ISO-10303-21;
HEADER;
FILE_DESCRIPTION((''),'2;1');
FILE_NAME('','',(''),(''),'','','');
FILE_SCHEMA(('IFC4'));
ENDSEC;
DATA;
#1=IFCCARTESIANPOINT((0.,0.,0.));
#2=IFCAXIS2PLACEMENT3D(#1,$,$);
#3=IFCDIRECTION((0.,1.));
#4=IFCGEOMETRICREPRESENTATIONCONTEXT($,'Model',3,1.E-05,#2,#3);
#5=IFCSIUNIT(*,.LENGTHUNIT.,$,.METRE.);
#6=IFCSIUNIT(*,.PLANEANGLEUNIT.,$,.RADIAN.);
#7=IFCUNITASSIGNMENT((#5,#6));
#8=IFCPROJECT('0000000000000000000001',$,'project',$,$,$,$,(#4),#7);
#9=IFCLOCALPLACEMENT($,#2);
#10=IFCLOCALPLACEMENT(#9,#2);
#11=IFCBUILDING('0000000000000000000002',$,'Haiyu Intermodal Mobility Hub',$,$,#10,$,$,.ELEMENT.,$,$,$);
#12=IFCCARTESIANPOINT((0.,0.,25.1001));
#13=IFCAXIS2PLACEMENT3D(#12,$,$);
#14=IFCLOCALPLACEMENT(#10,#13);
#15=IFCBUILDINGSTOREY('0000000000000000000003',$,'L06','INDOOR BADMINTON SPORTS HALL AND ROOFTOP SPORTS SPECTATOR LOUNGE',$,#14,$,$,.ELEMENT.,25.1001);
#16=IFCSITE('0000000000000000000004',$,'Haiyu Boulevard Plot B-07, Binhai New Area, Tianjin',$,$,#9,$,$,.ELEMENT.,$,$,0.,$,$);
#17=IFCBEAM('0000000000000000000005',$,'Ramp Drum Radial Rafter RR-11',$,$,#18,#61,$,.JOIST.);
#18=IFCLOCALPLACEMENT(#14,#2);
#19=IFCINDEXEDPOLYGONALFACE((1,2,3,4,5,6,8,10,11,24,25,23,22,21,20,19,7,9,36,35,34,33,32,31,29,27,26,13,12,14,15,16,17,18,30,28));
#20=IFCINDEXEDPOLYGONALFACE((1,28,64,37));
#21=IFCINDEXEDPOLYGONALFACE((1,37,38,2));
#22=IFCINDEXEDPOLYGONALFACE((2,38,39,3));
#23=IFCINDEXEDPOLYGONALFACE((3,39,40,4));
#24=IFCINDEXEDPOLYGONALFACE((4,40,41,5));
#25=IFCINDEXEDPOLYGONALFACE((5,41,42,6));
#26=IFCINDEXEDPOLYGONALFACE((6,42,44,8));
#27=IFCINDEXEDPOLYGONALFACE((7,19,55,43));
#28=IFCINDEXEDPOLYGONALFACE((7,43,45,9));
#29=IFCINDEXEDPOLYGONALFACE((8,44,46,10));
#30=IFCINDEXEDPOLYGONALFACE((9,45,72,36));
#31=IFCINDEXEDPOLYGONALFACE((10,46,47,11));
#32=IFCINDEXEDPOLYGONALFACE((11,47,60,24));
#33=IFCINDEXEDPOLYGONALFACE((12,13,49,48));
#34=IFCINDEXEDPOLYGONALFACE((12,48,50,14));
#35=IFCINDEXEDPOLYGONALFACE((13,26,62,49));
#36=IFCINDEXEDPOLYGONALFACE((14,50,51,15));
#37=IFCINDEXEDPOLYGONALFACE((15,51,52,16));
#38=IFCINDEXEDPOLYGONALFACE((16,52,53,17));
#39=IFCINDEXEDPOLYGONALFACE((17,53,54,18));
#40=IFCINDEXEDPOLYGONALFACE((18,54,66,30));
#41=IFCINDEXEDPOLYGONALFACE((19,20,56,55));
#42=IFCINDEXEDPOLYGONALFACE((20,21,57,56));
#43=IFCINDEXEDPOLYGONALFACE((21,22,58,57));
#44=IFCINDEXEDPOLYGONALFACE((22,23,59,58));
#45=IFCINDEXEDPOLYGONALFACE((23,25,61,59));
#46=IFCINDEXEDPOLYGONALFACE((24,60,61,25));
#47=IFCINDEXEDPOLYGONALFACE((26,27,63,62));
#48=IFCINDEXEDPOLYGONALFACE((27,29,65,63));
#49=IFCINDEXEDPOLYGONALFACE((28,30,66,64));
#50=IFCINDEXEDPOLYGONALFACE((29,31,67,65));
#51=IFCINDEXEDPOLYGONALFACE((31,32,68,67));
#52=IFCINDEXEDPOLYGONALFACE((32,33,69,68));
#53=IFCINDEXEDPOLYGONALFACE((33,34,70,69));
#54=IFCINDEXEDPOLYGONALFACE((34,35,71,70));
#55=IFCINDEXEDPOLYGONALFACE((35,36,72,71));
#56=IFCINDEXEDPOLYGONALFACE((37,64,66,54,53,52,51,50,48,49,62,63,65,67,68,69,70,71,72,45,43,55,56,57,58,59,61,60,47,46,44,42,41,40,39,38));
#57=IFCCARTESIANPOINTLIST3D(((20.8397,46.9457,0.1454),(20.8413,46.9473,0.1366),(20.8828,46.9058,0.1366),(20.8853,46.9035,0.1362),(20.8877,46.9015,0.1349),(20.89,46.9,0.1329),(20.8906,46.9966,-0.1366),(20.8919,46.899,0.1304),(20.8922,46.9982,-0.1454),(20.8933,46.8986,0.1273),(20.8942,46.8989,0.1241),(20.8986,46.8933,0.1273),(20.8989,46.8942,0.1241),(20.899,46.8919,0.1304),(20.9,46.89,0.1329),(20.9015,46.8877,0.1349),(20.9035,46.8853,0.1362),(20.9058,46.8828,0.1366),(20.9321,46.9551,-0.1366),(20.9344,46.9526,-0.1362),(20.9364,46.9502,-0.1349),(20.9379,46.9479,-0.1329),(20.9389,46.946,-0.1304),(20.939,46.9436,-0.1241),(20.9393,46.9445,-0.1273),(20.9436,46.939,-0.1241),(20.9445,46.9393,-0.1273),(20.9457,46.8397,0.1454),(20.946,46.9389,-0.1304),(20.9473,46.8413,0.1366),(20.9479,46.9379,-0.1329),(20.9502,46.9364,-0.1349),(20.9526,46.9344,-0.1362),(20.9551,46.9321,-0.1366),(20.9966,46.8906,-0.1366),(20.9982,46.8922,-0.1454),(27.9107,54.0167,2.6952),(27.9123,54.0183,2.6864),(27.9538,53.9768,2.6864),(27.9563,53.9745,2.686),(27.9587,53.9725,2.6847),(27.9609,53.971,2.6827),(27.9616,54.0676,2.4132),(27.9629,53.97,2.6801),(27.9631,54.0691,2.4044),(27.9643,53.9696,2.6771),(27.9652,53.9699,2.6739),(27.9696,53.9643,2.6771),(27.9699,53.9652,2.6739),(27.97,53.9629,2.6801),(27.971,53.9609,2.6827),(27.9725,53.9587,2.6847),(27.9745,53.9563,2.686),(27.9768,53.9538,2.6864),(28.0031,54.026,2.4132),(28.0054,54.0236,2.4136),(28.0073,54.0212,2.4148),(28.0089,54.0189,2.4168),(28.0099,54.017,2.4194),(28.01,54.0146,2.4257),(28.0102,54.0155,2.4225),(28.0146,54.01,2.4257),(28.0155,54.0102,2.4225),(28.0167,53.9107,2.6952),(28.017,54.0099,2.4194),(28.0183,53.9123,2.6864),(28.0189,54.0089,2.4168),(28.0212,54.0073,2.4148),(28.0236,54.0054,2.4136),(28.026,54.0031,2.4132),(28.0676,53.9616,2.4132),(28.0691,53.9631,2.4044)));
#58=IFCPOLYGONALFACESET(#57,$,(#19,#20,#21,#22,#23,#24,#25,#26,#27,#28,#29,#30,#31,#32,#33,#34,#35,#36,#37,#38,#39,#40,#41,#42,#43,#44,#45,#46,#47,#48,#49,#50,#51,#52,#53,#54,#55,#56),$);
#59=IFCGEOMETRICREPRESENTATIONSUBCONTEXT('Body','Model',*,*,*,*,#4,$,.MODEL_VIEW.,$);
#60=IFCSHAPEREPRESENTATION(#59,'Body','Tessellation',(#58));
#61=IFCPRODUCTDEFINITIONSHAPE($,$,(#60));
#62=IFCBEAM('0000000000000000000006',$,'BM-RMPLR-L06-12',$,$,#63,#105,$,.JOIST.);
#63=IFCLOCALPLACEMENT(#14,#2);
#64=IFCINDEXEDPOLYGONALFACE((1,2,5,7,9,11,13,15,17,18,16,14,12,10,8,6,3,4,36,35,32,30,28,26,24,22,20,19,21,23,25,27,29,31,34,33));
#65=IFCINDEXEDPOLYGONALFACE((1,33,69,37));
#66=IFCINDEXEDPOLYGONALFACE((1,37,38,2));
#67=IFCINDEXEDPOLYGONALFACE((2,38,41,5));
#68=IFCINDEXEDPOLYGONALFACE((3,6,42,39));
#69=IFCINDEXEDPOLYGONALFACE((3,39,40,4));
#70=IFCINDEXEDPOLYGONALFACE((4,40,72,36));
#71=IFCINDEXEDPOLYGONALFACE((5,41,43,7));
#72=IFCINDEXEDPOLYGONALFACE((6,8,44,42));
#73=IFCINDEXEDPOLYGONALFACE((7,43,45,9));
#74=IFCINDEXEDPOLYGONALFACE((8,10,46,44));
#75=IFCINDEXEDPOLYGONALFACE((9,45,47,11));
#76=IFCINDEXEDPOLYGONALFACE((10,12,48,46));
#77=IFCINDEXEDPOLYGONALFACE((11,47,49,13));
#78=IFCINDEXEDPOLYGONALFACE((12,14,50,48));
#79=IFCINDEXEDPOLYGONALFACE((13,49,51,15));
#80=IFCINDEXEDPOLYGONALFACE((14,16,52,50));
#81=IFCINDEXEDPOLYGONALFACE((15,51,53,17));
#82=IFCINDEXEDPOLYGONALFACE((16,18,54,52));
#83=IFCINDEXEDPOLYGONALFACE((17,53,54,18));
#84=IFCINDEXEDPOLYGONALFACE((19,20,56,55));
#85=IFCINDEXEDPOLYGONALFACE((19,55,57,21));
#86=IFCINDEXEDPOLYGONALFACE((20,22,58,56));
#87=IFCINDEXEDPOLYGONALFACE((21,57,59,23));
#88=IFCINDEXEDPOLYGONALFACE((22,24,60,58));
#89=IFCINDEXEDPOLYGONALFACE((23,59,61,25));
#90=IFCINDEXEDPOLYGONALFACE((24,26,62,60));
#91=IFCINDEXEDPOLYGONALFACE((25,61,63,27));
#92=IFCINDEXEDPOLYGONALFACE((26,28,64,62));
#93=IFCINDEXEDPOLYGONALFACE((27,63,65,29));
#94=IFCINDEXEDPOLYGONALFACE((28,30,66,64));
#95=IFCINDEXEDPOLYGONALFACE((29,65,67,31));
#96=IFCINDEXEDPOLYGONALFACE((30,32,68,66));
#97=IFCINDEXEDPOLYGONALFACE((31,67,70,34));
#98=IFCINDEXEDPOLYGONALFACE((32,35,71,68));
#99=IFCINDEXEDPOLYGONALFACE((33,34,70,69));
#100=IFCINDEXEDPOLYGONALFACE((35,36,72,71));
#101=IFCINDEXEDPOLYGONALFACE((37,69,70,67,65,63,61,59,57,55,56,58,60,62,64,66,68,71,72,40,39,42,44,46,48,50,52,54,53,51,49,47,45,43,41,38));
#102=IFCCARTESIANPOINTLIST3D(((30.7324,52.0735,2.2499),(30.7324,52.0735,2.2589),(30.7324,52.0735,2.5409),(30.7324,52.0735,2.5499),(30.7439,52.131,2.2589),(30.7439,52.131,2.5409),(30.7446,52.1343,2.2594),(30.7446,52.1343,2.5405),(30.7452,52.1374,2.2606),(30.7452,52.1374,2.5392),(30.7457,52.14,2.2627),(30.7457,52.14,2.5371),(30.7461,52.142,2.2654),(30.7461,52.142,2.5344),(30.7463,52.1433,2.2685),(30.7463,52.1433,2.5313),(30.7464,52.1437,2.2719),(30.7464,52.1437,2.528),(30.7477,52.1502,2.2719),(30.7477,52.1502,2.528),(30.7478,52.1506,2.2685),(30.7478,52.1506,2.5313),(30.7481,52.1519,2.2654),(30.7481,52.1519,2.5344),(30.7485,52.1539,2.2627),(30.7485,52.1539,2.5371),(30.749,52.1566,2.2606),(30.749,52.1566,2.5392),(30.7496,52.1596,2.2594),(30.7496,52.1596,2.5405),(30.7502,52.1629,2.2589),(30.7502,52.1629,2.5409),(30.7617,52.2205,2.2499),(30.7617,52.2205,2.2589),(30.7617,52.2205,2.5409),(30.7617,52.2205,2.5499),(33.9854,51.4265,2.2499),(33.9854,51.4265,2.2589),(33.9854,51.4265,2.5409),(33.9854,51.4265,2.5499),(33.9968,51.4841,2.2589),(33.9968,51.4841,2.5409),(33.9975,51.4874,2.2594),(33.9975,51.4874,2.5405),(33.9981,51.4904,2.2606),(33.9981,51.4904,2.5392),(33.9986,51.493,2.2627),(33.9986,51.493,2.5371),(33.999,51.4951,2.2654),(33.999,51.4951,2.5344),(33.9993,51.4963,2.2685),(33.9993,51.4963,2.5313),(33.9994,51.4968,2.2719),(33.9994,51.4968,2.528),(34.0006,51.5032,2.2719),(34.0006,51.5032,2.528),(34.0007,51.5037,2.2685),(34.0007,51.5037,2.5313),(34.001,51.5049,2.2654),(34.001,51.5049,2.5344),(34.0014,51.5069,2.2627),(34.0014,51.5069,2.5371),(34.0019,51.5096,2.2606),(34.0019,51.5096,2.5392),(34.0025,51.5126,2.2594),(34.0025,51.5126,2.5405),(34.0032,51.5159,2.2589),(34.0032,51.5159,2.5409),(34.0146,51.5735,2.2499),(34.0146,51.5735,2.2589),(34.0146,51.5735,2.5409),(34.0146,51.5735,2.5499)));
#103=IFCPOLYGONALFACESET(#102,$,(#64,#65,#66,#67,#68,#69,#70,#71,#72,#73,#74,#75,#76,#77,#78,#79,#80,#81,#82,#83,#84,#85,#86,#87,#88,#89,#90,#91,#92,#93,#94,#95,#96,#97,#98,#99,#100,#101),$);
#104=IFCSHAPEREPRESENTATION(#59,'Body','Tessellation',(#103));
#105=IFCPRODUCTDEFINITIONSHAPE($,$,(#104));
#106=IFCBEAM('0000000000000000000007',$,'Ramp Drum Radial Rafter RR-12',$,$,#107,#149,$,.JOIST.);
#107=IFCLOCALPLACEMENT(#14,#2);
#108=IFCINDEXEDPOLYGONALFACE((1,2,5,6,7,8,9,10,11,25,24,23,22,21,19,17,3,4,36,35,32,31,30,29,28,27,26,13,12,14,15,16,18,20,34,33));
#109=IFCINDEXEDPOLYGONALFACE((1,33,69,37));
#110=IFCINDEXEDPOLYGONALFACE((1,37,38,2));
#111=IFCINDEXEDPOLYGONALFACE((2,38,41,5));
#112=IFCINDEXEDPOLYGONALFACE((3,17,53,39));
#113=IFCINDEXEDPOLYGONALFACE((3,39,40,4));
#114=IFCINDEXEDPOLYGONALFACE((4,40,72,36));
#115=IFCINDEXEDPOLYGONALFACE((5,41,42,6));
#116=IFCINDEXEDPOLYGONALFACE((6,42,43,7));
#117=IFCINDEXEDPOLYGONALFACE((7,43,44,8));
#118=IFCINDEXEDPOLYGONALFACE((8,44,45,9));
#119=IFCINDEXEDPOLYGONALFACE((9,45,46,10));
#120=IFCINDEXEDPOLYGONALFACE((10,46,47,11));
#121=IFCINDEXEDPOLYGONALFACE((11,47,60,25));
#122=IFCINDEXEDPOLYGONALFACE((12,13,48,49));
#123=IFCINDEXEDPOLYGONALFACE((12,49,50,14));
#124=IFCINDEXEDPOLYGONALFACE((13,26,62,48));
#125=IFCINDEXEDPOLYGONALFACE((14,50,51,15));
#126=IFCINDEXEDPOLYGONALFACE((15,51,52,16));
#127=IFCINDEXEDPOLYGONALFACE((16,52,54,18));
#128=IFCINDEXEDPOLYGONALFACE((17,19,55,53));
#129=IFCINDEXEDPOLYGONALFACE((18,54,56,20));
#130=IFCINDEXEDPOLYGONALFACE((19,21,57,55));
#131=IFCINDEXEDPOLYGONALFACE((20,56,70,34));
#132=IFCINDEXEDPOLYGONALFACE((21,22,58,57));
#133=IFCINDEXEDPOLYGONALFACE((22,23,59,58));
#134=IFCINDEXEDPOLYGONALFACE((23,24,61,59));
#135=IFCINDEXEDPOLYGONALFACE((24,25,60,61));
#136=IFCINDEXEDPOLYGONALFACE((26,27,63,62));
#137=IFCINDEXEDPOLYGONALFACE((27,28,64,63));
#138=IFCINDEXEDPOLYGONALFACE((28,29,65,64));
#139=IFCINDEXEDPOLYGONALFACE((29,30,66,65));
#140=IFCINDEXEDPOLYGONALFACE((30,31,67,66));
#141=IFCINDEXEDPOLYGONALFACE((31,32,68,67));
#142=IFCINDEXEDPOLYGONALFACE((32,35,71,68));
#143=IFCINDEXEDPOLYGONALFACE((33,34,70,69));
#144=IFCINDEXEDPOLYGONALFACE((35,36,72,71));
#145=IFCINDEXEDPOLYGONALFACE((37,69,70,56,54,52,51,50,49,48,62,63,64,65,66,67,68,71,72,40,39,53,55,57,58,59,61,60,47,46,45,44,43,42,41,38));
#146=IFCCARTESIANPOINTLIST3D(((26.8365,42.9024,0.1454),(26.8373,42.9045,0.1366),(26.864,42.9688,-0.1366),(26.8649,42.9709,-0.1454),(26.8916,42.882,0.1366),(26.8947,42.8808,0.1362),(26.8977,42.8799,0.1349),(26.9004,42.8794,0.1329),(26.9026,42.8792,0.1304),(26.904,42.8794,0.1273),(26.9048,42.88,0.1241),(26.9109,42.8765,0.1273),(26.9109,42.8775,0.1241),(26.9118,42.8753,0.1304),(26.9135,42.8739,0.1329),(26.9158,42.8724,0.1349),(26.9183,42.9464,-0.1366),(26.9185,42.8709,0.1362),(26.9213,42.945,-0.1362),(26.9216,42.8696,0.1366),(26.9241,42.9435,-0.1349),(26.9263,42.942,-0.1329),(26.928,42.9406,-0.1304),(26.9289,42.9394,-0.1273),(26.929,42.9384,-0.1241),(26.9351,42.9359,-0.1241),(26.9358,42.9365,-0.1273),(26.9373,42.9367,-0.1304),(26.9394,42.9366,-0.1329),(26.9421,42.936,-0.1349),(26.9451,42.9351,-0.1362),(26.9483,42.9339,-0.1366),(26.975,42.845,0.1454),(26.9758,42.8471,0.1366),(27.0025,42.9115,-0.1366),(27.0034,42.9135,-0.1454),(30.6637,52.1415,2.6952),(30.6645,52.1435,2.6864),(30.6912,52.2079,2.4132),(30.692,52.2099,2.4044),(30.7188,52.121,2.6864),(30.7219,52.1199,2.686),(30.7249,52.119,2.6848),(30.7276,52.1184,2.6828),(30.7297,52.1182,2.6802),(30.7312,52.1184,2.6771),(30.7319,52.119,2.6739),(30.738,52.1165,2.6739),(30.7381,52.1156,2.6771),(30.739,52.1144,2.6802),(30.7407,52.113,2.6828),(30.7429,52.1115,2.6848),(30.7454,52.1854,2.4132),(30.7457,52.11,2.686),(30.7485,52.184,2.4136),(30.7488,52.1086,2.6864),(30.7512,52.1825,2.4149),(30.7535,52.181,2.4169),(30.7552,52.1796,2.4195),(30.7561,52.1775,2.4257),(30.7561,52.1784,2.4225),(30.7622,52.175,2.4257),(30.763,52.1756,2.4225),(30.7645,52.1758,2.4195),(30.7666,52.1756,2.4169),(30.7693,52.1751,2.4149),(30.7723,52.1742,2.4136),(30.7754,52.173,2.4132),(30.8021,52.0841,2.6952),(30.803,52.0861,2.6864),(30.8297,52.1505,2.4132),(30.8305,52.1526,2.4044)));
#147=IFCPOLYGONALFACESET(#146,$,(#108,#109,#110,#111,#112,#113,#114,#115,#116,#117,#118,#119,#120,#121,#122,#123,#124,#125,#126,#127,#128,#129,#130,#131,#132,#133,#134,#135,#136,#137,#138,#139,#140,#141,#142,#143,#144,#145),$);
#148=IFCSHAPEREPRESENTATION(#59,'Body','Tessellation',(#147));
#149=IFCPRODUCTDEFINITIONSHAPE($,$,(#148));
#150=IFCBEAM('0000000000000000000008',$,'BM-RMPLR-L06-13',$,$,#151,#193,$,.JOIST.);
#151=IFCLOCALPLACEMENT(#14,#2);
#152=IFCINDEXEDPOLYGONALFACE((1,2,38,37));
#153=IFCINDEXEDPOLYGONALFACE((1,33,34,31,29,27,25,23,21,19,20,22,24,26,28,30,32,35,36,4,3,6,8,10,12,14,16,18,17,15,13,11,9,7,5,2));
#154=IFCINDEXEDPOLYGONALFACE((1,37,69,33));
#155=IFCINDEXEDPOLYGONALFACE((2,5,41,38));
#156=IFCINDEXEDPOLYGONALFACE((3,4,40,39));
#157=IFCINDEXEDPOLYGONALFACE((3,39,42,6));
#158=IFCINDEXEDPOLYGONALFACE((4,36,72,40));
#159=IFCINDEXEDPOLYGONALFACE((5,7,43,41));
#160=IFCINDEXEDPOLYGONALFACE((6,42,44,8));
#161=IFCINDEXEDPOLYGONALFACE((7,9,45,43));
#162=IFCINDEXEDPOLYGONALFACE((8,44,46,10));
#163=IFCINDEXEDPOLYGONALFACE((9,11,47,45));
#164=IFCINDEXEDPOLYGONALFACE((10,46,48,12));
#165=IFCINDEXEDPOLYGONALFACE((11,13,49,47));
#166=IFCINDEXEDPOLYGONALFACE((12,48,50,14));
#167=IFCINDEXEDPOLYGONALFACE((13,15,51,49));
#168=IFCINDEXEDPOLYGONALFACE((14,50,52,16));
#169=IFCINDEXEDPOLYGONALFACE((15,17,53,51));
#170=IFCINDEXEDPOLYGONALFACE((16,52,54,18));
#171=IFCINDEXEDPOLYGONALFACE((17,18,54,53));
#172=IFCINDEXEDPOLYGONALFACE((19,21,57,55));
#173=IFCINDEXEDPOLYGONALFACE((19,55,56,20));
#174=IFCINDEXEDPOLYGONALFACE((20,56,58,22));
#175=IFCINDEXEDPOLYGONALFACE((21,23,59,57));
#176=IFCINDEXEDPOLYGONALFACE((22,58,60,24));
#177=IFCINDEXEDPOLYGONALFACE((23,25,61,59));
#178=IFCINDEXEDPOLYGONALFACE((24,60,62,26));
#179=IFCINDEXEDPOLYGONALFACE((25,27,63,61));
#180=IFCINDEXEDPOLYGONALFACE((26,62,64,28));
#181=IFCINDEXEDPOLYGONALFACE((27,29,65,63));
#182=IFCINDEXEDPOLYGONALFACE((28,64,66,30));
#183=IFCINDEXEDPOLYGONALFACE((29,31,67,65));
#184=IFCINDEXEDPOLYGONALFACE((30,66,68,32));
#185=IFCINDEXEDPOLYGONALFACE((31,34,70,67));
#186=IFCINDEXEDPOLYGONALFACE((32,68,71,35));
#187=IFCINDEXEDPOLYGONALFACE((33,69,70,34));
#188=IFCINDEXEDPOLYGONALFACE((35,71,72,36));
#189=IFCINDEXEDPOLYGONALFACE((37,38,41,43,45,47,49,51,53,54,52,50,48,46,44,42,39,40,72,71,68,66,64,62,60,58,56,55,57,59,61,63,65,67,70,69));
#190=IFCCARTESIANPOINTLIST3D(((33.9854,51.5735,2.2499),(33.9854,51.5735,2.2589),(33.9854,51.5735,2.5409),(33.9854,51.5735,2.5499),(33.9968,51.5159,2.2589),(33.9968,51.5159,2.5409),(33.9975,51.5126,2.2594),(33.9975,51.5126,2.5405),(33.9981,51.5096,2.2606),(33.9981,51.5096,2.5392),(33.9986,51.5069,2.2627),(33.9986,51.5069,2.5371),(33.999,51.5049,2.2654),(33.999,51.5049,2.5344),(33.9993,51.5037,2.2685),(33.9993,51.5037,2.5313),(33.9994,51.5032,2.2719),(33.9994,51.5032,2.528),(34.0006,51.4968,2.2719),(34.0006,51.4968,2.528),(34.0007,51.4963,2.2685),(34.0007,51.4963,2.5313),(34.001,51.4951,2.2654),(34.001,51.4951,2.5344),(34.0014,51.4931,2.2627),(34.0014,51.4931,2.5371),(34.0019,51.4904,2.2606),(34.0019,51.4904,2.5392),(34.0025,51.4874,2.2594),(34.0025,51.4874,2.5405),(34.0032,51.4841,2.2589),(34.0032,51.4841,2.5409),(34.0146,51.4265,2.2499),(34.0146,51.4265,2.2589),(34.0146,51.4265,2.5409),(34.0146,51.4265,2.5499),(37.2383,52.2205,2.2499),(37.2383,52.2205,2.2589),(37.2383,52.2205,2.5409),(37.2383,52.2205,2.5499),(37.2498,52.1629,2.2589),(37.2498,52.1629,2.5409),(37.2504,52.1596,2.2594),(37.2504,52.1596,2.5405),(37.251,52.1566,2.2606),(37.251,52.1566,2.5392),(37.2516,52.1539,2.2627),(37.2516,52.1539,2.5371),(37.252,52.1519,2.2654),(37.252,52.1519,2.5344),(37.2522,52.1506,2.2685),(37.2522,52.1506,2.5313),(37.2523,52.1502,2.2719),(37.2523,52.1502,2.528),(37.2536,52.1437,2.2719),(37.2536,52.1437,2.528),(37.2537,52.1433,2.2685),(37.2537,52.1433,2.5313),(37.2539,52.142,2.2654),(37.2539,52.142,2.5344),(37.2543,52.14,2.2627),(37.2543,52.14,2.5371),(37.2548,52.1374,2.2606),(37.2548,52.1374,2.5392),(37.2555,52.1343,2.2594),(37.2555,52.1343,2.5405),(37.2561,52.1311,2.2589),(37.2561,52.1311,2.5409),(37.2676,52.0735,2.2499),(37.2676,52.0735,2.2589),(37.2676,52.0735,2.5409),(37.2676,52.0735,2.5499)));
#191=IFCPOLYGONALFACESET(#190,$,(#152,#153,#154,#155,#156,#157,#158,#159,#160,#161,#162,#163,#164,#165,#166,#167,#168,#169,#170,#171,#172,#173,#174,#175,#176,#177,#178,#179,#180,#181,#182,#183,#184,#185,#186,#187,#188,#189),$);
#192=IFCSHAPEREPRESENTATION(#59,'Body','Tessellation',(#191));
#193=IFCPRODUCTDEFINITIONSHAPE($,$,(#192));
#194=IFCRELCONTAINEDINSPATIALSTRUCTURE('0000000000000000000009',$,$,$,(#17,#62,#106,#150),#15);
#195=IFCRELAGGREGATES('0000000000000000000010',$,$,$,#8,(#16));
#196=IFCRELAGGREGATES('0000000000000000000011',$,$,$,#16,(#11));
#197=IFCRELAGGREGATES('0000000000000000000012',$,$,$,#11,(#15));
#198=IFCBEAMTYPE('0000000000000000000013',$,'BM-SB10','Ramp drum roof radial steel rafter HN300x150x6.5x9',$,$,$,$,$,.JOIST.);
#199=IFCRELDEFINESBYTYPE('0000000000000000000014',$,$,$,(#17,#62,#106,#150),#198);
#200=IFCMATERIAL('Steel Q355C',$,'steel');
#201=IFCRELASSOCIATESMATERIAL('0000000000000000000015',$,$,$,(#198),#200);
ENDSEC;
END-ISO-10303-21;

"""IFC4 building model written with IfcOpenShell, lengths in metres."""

from ifc_helpers import new_model, si_unit, direction, frame, origin, origin_2d, place, context, subcontext, project, spatial, i_section, extrude, material, material_profile, profile_set, type_object, element, save


model = new_model("IFC4")

# Units and contexts
model_context = context("Model", 3, precision=1e-05, world=origin(), true_north=direction((0.0, 1.0)))
body_context = subcontext(model_context, "Body", "Model", "MODEL_VIEW")
ifc_project = project(units=[si_unit("LENGTHUNIT", "METRE"), si_unit("PLANEANGLEUNIT", "RADIAN")], contexts=[model_context])

# Site, building, storey
site_placement = place(None, origin())
site = spatial("IfcSite", under=ifc_project, at=site_placement, Name="Haiyu Boulevard Plot B-07, Binhai New Area, Tianjin", CompositionType="ELEMENT", RefElevation=0.0)
building_placement = place(site_placement, origin())
building = spatial("IfcBuilding", under=site, at=building_placement, Name="Haiyu Intermodal Mobility Hub", CompositionType="ELEMENT")
storey_placement = place(building_placement, frame((0.0, 0.0, 25.1001)))
storey = spatial("IfcBuildingStorey", under=building, at=storey_placement, Name="L06", Description="INDOOR BADMINTON SPORTS HALL AND ROOFTOP SPORTS SPECTATOR LOUNGE", CompositionType="ELEMENT", Elevation=25.1001)

# Shared definitions
ifc_material_1 = material(Name="Steel Q355C", Category="steel")

# Beams
ifc_material_profile_1 = material_profile(ifc_material_1, i_section(OverallWidth=0.1499, OverallDepth=0.3, WebThickness=0.0066, FlangeThickness=0.009, FilletRadius=0.0129, at=origin_2d()), Name="HN300x150x6.5x9")
ifc_profile_set_1 = profile_set([ifc_material_profile_1], Name="Steel Q355C")
beam_type_1 = type_object("IfcBeamType", Name="BM-SB10", Description="Ramp drum roof radial steel rafter HN300x150x6.5x9", PredefinedType="JOIST", material=ifc_profile_set_1)
beam_1_placement = place(storey_placement, frame((20.9189, 46.9189, 0.0), z_axis=(0.685184, 0.685184, 0.247076), x_axis=(-0.707107, 0.707107, 0.0)))
element("IfcBeam", 1, at=beam_1_placement, inside=storey, type_object=beam_type_1, Name="Ramp Drum Radial Rafter RR-11", PredefinedType="JOIST", context=body_context, shape_type="SweptSolid", body=[
    extrude(i_section(OverallWidth=0.1499, OverallDepth=0.3, WebThickness=0.0066, FlangeThickness=0.009, FilletRadius=0.0129, at=origin_2d()), origin(), (0.0, 0.0, 1.0), 10.3198),
])
beam_2_placement = place(storey_placement, frame((30.7471, 52.147, 2.3999), z_axis=(0.98079, -0.195068, 0.0), x_axis=(0.195068, 0.98079, 0.0)))
element("IfcBeam", 2, at=beam_2_placement, inside=storey, type_object=beam_type_1, Name="BM-RMPLR-L06-12", PredefinedType="JOIST", context=body_context, shape_type="SweptSolid", body=[
    extrude(i_section(OverallWidth=0.1499, OverallDepth=0.3, WebThickness=0.0066, FlangeThickness=0.009, FilletRadius=0.0129, at=origin_2d()), origin(), (0.0, 0.0, 1.0), 3.3167),
])
beam_3_placement = place(storey_placement, frame((26.9199, 42.908, 0.0), z_axis=(0.370838, 0.89523, 0.247068), x_axis=(-0.923872, 0.382703, 0.0)))
element("IfcBeam", 3, at=beam_3_placement, inside=storey, type_object=beam_type_1, Name="Ramp Drum Radial Rafter RR-12", PredefinedType="JOIST", context=body_context, shape_type="SweptSolid", body=[
    extrude(i_section(OverallWidth=0.1499, OverallDepth=0.3, WebThickness=0.0066, FlangeThickness=0.009, FilletRadius=0.0129, at=origin_2d()), origin(), (0.0, 0.0, 1.0), 10.3203),
])
beam_4_placement = place(storey_placement, frame((34.0, 51.5, 2.3999), z_axis=(0.98079, 0.195068, 0.0), x_axis=(-0.195068, 0.98079, 0.0)))
element("IfcBeam", 4, at=beam_4_placement, inside=storey, type_object=beam_type_1, Name="BM-RMPLR-L06-13", PredefinedType="JOIST", context=body_context, shape_type="SweptSolid", body=[
    extrude(i_section(OverallWidth=0.1499, OverallDepth=0.3, WebThickness=0.0066, FlangeThickness=0.009, FilletRadius=0.0129, at=origin_2d()), origin(), (0.0, 0.0, 1.0), 3.3167),
])

save(model, "model.ifc")
